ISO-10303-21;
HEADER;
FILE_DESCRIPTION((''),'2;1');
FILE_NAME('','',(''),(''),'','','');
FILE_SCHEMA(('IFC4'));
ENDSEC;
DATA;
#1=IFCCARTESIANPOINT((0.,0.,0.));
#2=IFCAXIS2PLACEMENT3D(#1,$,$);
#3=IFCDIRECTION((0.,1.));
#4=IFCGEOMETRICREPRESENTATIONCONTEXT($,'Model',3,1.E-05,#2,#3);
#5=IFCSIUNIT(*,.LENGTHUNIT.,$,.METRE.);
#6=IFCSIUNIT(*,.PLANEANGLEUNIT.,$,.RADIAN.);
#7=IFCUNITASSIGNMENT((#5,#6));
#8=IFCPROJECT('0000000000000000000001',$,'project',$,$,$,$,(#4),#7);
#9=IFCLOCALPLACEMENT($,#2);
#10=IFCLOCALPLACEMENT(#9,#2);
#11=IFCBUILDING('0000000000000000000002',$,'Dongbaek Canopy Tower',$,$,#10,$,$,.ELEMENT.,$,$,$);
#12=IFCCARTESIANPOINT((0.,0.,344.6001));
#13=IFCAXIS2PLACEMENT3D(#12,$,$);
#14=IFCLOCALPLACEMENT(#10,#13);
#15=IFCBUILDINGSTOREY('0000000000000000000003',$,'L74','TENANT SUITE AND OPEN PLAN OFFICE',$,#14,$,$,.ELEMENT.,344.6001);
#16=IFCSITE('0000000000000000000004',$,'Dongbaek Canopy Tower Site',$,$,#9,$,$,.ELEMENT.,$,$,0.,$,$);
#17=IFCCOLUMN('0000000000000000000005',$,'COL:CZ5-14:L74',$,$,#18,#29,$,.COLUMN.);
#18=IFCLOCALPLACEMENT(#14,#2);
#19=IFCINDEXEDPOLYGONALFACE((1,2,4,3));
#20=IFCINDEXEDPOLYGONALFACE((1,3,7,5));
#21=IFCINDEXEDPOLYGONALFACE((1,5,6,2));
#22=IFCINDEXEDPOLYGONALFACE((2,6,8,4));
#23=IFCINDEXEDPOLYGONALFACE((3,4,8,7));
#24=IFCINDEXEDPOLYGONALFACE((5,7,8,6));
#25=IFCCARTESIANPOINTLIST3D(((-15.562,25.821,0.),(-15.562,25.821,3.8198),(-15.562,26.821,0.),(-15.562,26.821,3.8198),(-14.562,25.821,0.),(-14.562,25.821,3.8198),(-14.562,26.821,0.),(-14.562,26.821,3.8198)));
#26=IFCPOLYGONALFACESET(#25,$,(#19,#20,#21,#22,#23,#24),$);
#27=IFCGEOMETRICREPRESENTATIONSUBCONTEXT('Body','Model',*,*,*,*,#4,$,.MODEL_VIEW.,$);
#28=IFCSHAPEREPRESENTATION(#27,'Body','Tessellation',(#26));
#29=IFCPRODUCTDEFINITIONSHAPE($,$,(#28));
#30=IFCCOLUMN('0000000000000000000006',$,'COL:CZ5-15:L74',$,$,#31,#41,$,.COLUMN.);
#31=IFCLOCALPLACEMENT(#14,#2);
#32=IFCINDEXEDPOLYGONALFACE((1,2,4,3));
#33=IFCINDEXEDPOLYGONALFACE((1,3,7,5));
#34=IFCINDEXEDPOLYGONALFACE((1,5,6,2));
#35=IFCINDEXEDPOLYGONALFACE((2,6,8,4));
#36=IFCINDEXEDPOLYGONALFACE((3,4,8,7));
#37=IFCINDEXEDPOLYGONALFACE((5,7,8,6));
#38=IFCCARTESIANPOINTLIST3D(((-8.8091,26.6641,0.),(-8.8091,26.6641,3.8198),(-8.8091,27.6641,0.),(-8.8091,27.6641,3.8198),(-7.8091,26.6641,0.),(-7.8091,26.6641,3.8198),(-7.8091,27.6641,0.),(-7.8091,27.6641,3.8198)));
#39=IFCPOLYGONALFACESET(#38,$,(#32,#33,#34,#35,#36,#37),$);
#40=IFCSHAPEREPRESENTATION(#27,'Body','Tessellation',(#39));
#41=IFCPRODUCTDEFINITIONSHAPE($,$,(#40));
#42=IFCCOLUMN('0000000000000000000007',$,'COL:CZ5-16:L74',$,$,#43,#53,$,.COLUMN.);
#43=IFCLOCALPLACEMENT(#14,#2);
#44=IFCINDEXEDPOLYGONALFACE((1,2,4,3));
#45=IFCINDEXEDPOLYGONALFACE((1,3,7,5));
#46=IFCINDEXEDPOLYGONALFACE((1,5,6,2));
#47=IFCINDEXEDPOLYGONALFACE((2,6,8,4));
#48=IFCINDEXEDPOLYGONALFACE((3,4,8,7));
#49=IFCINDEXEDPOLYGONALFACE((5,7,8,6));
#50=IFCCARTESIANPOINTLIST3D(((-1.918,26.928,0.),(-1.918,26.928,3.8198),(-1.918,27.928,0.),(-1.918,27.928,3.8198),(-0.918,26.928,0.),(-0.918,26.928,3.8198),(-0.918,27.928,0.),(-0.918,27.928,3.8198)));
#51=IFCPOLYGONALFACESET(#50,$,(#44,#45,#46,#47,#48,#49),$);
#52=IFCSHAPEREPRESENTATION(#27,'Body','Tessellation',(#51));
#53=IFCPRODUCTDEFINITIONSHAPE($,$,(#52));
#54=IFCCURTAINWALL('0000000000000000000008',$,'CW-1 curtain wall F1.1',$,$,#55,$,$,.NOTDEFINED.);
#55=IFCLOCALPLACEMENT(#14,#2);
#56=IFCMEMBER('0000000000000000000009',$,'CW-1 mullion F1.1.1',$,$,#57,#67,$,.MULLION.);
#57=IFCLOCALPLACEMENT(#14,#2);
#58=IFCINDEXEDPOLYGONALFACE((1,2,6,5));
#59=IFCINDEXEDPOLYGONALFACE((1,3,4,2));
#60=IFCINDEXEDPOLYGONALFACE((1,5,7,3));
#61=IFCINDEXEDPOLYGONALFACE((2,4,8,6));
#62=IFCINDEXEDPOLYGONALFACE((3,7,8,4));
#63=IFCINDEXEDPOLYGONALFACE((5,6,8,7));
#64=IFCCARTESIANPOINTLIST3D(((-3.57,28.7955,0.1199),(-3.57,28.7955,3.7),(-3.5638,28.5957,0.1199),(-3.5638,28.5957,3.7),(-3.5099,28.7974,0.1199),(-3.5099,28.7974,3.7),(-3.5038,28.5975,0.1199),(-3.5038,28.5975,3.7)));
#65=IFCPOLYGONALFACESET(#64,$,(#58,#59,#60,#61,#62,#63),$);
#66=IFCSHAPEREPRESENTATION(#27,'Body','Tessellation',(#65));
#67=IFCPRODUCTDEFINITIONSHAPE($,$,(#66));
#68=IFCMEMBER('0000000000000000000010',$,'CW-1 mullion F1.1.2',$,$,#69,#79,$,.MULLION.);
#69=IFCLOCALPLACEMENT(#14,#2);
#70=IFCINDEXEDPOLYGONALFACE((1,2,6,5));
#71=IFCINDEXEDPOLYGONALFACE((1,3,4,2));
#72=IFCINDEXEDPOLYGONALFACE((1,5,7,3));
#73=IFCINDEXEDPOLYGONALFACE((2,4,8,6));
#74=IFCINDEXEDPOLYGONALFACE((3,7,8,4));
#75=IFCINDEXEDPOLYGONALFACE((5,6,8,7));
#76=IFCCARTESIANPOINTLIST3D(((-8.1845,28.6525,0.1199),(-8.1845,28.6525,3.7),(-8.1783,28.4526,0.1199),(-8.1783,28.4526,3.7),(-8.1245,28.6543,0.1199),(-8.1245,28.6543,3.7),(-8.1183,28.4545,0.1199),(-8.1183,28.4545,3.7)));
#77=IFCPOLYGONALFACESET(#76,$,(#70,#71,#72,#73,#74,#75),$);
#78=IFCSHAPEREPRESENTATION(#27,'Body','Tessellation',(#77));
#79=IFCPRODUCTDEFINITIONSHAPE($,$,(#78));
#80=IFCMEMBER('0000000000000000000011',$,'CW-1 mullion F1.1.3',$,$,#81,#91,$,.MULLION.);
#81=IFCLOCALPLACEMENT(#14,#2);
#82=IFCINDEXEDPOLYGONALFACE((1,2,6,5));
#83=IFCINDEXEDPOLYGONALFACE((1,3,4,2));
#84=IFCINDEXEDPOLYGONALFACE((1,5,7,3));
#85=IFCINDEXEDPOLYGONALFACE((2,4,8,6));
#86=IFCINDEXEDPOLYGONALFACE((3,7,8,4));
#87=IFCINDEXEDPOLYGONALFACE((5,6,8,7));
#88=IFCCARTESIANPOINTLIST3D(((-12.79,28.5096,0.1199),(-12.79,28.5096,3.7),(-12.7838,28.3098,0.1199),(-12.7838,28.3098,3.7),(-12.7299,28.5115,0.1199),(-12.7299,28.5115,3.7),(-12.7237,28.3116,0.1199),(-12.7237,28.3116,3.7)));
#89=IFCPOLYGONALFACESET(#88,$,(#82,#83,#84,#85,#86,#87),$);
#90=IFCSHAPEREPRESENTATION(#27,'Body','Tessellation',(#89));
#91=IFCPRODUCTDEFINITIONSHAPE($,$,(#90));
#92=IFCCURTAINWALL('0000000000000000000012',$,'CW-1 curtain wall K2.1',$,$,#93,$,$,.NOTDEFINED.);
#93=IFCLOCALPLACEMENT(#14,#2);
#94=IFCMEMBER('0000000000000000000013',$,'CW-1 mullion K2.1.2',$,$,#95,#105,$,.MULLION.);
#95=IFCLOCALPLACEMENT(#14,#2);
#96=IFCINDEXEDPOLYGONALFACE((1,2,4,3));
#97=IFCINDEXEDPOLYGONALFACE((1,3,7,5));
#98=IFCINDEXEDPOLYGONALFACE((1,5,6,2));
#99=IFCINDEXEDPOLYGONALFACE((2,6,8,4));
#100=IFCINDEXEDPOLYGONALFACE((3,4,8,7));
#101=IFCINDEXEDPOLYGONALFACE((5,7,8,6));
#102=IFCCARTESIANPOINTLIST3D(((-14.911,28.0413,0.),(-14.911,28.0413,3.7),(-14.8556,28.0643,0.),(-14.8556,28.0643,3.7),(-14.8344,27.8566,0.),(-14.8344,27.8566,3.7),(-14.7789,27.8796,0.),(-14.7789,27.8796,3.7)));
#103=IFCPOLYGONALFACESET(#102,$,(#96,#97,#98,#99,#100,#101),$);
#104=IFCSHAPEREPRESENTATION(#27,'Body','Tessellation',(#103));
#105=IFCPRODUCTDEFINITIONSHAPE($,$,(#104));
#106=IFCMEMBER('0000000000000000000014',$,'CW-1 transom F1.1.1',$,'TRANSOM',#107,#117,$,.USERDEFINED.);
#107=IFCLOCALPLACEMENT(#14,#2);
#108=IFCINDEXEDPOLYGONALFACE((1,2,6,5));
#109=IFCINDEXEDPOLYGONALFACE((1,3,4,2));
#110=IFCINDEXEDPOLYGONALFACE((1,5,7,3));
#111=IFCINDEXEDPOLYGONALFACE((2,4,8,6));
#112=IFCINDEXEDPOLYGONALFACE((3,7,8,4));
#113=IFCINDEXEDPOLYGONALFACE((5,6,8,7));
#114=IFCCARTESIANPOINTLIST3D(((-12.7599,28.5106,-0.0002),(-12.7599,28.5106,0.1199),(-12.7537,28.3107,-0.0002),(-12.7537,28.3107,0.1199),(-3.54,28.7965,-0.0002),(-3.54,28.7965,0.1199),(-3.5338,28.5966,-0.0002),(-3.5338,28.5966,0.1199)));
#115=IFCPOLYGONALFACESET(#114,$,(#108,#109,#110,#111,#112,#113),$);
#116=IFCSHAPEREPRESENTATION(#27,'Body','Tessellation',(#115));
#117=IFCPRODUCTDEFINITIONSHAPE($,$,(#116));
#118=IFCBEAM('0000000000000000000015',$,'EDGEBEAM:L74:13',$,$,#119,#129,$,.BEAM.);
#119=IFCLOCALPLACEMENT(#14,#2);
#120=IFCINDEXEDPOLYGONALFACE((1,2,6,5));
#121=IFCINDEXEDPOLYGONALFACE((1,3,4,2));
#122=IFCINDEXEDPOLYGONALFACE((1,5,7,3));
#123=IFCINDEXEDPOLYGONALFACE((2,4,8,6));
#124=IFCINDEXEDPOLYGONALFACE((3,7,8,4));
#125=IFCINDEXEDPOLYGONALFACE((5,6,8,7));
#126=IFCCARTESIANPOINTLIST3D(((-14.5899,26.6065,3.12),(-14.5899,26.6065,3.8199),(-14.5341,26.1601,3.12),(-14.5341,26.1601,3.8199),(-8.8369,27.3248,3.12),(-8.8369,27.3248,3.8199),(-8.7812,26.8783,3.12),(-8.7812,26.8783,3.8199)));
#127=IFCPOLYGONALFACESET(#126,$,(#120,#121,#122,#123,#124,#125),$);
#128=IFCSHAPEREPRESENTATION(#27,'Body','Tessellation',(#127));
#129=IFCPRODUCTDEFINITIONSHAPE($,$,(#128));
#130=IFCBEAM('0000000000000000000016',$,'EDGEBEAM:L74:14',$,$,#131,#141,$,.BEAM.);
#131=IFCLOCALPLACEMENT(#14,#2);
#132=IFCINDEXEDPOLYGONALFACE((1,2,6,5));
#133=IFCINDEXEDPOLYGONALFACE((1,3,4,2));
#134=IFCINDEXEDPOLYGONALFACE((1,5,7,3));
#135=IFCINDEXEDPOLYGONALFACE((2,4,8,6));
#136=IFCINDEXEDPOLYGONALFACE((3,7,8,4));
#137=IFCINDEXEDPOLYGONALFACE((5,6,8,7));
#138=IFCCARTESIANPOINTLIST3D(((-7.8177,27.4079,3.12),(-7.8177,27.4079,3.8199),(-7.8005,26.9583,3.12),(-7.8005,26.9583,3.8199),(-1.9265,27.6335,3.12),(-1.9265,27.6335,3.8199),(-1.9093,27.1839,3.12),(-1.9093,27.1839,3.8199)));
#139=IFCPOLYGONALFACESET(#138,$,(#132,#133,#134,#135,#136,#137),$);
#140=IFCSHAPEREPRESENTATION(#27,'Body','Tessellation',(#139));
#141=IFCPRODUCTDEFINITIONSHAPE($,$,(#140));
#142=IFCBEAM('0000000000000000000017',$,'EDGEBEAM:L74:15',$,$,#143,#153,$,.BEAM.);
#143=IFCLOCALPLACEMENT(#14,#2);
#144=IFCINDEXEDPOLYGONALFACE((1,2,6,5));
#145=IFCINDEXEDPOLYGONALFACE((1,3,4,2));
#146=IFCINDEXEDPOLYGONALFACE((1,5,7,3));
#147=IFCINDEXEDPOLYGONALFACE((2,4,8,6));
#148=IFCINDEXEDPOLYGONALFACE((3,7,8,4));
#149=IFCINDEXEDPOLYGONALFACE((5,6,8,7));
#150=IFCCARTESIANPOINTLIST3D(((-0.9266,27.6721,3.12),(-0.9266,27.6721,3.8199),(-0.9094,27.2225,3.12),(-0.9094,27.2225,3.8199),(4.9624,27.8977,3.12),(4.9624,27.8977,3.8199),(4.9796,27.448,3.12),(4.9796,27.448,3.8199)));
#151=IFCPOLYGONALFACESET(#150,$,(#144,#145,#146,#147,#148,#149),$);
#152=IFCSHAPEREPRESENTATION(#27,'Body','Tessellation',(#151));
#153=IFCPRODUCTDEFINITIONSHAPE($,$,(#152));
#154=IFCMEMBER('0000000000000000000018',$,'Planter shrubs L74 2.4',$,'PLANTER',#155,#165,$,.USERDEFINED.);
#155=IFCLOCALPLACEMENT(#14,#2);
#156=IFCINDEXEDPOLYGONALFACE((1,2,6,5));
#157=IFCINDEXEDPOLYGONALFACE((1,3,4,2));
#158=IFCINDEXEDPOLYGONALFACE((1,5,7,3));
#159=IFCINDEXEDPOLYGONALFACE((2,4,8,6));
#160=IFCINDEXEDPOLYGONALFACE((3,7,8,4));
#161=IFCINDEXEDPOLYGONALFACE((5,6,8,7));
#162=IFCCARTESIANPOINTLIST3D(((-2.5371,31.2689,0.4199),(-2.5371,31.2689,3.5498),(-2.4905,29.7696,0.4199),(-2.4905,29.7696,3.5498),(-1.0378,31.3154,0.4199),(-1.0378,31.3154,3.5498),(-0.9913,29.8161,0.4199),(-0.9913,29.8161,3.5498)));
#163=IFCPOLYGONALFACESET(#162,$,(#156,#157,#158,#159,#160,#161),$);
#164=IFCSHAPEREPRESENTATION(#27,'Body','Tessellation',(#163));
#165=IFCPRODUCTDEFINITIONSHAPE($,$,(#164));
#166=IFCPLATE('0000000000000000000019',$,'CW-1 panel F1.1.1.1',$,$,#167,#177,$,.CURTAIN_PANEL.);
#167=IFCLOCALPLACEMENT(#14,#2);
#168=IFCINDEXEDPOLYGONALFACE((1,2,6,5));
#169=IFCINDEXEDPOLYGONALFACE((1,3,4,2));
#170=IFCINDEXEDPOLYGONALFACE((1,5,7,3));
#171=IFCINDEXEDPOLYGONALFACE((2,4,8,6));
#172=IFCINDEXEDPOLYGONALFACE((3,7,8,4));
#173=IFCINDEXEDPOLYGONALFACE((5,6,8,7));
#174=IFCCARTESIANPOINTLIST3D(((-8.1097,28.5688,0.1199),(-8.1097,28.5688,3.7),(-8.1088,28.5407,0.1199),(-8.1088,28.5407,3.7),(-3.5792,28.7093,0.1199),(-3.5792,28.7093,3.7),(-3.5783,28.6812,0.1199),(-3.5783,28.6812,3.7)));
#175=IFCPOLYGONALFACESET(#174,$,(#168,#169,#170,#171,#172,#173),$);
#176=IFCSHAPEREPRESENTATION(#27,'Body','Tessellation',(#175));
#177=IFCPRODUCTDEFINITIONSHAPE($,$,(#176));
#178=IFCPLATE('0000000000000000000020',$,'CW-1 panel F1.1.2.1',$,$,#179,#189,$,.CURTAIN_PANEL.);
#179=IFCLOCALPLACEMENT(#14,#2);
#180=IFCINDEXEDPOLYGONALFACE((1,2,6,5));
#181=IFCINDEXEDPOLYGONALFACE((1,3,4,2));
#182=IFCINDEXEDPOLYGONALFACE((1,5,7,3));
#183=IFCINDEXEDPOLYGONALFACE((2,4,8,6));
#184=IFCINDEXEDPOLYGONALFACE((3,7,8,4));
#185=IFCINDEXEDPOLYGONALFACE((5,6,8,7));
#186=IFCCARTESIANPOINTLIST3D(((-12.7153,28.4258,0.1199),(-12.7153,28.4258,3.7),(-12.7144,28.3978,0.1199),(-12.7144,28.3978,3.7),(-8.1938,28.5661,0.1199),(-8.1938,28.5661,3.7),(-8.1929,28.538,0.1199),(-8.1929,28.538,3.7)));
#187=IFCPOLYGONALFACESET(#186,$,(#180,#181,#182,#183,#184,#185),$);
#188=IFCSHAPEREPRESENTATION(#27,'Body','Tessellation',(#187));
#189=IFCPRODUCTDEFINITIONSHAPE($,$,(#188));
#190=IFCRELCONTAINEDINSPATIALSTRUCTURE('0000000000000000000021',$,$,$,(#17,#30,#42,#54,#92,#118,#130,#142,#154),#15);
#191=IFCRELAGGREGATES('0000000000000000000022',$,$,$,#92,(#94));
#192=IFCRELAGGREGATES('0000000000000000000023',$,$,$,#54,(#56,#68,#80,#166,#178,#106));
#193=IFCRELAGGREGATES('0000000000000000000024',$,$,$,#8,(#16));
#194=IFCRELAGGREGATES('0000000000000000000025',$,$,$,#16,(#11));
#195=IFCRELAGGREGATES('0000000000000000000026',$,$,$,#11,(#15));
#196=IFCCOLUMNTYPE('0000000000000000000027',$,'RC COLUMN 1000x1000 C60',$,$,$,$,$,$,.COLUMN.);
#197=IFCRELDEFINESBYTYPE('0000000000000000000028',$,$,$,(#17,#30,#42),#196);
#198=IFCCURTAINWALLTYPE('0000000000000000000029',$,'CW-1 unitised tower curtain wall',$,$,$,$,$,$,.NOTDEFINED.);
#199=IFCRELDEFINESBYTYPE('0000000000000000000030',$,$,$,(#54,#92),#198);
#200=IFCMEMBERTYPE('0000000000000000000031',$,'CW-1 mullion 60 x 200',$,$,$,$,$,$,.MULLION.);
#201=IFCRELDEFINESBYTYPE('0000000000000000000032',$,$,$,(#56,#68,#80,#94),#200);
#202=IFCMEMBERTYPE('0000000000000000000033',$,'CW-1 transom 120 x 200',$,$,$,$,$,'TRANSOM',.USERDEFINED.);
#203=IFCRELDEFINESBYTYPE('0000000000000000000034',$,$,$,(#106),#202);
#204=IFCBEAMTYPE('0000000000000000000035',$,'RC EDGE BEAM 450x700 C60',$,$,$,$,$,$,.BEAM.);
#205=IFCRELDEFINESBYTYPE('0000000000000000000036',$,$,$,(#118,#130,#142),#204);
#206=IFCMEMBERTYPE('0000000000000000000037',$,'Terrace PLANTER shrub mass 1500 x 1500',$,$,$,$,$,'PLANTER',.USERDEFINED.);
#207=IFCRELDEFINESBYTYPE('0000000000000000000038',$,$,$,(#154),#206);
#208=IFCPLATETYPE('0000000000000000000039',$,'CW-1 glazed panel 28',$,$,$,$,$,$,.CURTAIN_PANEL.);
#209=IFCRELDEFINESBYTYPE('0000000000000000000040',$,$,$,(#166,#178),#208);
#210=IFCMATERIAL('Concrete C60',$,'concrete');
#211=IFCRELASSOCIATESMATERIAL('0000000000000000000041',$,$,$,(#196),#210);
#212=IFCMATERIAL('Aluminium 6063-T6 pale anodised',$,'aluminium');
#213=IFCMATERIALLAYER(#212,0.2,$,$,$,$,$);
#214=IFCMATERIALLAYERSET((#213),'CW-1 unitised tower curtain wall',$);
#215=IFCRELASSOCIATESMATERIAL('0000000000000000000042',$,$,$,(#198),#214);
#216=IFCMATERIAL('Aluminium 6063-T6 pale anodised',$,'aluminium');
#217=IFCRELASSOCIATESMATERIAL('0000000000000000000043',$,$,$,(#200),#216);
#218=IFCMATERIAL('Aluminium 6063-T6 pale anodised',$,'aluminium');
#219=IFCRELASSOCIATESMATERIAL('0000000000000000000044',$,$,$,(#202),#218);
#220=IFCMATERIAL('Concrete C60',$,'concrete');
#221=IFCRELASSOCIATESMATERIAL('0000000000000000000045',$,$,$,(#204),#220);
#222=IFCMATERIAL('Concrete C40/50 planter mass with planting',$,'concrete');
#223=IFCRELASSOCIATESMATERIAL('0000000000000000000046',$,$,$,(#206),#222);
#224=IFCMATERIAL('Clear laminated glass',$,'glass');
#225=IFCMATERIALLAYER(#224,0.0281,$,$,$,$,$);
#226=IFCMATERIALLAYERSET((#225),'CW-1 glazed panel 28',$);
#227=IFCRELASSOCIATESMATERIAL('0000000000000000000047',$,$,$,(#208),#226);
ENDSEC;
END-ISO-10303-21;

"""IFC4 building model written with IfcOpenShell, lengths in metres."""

from ifc_helpers import new_model, si_unit, direction, frame, origin, origin_2d, place, context, subcontext, project, spatial, rectangle, extrude, material, layer, layer_set, material_profile, profile_set, type_object, element, aggregate, save


model = new_model("IFC4")

# Units and contexts
model_context = context("Model", 3, precision=1e-05, world=origin(), true_north=direction((0.0, 1.0)))
body_context = subcontext(model_context, "Body", "Model", "MODEL_VIEW")
ifc_project = project(units=[si_unit("LENGTHUNIT", "METRE"), si_unit("PLANEANGLEUNIT", "RADIAN")], contexts=[model_context])

# Site, building, storey
site_placement = place(None, origin())
site = spatial("IfcSite", under=ifc_project, at=site_placement, Name="Dongbaek Canopy Tower Site", CompositionType="ELEMENT", RefElevation=0.0)
building_placement = place(site_placement, origin())
building = spatial("IfcBuilding", under=site, at=building_placement, Name="Dongbaek Canopy Tower", CompositionType="ELEMENT")
storey_placement = place(building_placement, frame((0.0, 0.0, 344.6001)))
storey = spatial("IfcBuildingStorey", under=building, at=storey_placement, Name="L74", Description="TENANT SUITE AND OPEN PLAN OFFICE", CompositionType="ELEMENT", Elevation=344.6001)

# Columns
ifc_material_1 = material(Name="Concrete C60", Category="concrete")
ifc_material_profile_1 = material_profile(ifc_material_1, rectangle(XDim=1.0, YDim=1.0, at=origin_2d()), Name="RC COLUMN 1000x1000 C60")
ifc_profile_set_1 = profile_set([ifc_material_profile_1], Name="Concrete C60")
column_type = type_object("IfcColumnType", Name="RC COLUMN 1000x1000 C60", PredefinedType="COLUMN", material=ifc_profile_set_1)
for number, where, z_axis, x_axis, name in (
    (1, (-15.062, 26.321, 0.0), (0.0, 0.0, 1.0), (1.0, 0.0, 0.0), "COL:CZ5-14:L74"),
    (2, (-8.3091, 27.1641, 0.0), (0.0, 0.0, 1.0), (1.0, 0.0, 0.0), "COL:CZ5-15:L74"),
    (3, (-1.418, 27.428, 0.0), (0.0, 0.0, 1.0), (1.0, 0.0, 0.0), "COL:CZ5-16:L74"),
):
    element("IfcColumn", number, at=place(storey_placement, frame(where, z_axis=z_axis, x_axis=x_axis)), inside=storey, type_object=column_type, Name=name, PredefinedType="COLUMN", context=body_context, shape_type="SweptSolid", body=[
        extrude(rectangle(XDim=1.0, YDim=1.0, at=origin_2d()), origin(), (0.0, 0.0, 1.0), 3.8198),
    ])

# Curtain wall, members
ifc_material_2 = material(Name="Aluminium 6063-T6 pale anodised", Category="aluminium")
ifc_layer_1 = layer(ifc_material_2, 0.2)
ifc_layer_set_1 = layer_set([ifc_layer_1], Name="CW-1 unitised tower curtain wall")
curtain_wall_type = type_object("IfcCurtainWallType", Name="CW-1 unitised tower curtain wall", PredefinedType="NOTDEFINED", material=ifc_layer_set_1)
curtain_wall_1_placement = place(storey_placement, origin())
curtain_wall_1 = element("IfcCurtainWall", 4, at=curtain_wall_1_placement, inside=storey, type_object=curtain_wall_type, Name="CW-1 curtain wall F1.1", PredefinedType="NOTDEFINED")
ifc_material_3 = material(Name="Aluminium 6063-T6 pale anodised", Category="aluminium")
ifc_material_profile_2 = material_profile(ifc_material_3, rectangle(XDim=0.2, YDim=0.0601, at=origin_2d()), Name="CW-1 mullion 60 x 200")
ifc_profile_set_2 = profile_set([ifc_material_profile_2], Name="Aluminium 6063-T6 pale anodised")
member_type_1 = type_object("IfcMemberType", Name="CW-1 mullion 60 x 200", PredefinedType="MULLION", material=ifc_profile_set_2)
member_1_placement = place(storey_placement, frame((-3.5369, 28.6965, 0.1199), z_axis=(0.0, 0.0, 1.0), x_axis=(-0.031003, 0.999519, 0.0)))
member_1 = element("IfcMember", 5, at=member_1_placement, type_object=member_type_1, Name="CW-1 mullion F1.1.1", PredefinedType="MULLION", context=body_context, shape_type="SweptSolid", body=[
    extrude(rectangle(XDim=0.2, YDim=0.0601, at=origin_2d()), origin(), (0.0, 0.0, 1.0), 3.5801),
])
member_2_placement = place(storey_placement, frame((-8.1514, 28.5535, 0.1199), z_axis=(0.0, 0.0, 1.0), x_axis=(-0.031003, 0.999519, 0.0)))
member_2 = element("IfcMember", 6, at=member_2_placement, type_object=member_type_1, Name="CW-1 mullion F1.1.2", PredefinedType="MULLION", context=body_context, shape_type="SweptSolid", body=[
    extrude(rectangle(XDim=0.2, YDim=0.0601, at=origin_2d()), origin(), (0.0, 0.0, 1.0), 3.5801),
])
member_3_placement = place(storey_placement, frame((-12.7568, 28.4106, 0.1199), z_axis=(0.0, 0.0, 1.0), x_axis=(-0.031003, 0.999519, 0.0)))
member_3 = element("IfcMember", 7, at=member_3_placement, type_object=member_type_1, Name="CW-1 mullion F1.1.3", PredefinedType="MULLION", context=body_context, shape_type="SweptSolid", body=[
    extrude(rectangle(XDim=0.2, YDim=0.0601, at=origin_2d()), origin(), (0.0, 0.0, 1.0), 3.5801),
])

# Curtain wall, member
curtain_wall_2_placement = place(storey_placement, origin())
curtain_wall_2 = element("IfcCurtainWall", 8, at=curtain_wall_2_placement, inside=storey, type_object=curtain_wall_type, Name="CW-1 curtain wall K2.1", PredefinedType="NOTDEFINED")
member_4_placement = place(storey_placement, frame((-14.845, 27.9604, 0.0), z_axis=(0.0, 0.0, 1.0), x_axis=(-0.383511, 0.923536, 0.0)))
member_4 = element("IfcMember", 9, at=member_4_placement, type_object=member_type_1, Name="CW-1 mullion K2.1.2", PredefinedType="MULLION", context=body_context, shape_type="SweptSolid", body=[
    extrude(rectangle(XDim=0.2, YDim=0.0601, at=origin_2d()), origin(), (0.0, 0.0, 1.0), 3.7),
])

# Member
ifc_material_4 = material(Name="Aluminium 6063-T6 pale anodised", Category="aluminium")
ifc_material_profile_3 = material_profile(ifc_material_4, rectangle(XDim=0.2, YDim=0.1201, at=origin_2d()), Name="CW-1 transom 120 x 200")
ifc_profile_set_3 = profile_set([ifc_material_profile_3], Name="Aluminium 6063-T6 pale anodised")
member_type_2 = type_object("IfcMemberType", Name="CW-1 transom 120 x 200", ElementType="TRANSOM", PredefinedType="USERDEFINED", material=ifc_profile_set_3)
member_5_placement = place(storey_placement, frame((-3.5369, 28.6965, 0.0598), z_axis=(-0.99952, -0.030993, 0.0), x_axis=(0.030993, -0.99952, 0.0)))
member_5 = element("IfcMember", 10, at=member_5_placement, type_object=member_type_2, Name="CW-1 transom F1.1.1", ObjectType="TRANSOM", PredefinedType="USERDEFINED", context=body_context, shape_type="SweptSolid", body=[
    extrude(rectangle(XDim=0.2, YDim=0.1201, at=origin_2d()), origin(), (0.0, 0.0, 1.0), 9.2244),
])

# Beams
ifc_material_5 = material(Name="Concrete C60", Category="concrete")
ifc_material_profile_4 = material_profile(ifc_material_5, rectangle(XDim=0.45, YDim=0.7, at=origin_2d()), Name="RC EDGE BEAM 450x700 C60")
ifc_profile_set_4 = profile_set([ifc_material_profile_4], Name="Concrete C60")
beam_type = type_object("IfcBeamType", Name="RC EDGE BEAM 450x700 C60", PredefinedType="BEAM", material=ifc_profile_set_4)
beam_1_placement = place(storey_placement, frame((-14.562, 26.3833, 3.47), z_axis=(0.992296, 0.12389, 0.0), x_axis=(-0.12389, 0.992296, 0.0)))
element("IfcBeam", 11, at=beam_1_placement, inside=storey, type_object=beam_type, Name="EDGEBEAM:L74:13", PredefinedType="BEAM", context=body_context, shape_type="SweptSolid", body=[
    extrude(rectangle(XDim=0.45, YDim=0.7, at=origin_2d()), origin(), (0.0, 0.0, 1.0), 5.7976),
])
beam_2_placement = place(storey_placement, frame((-7.8091, 27.1831, 3.47), z_axis=(0.999268, 0.038265, 0.0), x_axis=(-0.038265, 0.999268, 0.0)))
element("IfcBeam", 12, at=beam_2_placement, inside=storey, type_object=beam_type, Name="EDGEBEAM:L74:14", PredefinedType="BEAM", context=body_context, shape_type="SweptSolid", body=[
    extrude(rectangle(XDim=0.45, YDim=0.7, at=origin_2d()), origin(), (0.0, 0.0, 1.0), 5.8955),
])
beam_3_placement = place(storey_placement, frame((-0.918, 27.4473, 3.47), z_axis=(0.999267, 0.038279, 0.0), x_axis=(-0.038279, 0.999267, 0.0)))
element("IfcBeam", 13, at=beam_3_placement, inside=storey, type_object=beam_type, Name="EDGEBEAM:L74:15", PredefinedType="BEAM", context=body_context, shape_type="SweptSolid", body=[
    extrude(rectangle(XDim=0.45, YDim=0.7, at=origin_2d()), origin(), (0.0, 0.0, 1.0), 5.8933),
])

# Member
ifc_material_6 = material(Name="Concrete C40/50 planter mass with planting", Category="concrete")
ifc_material_profile_5 = material_profile(ifc_material_6, rectangle(XDim=1.5, YDim=1.5, at=origin_2d()), Name="Terrace PLANTER shrub mass 1500 x 1500")
ifc_profile_set_5 = profile_set([ifc_material_profile_5], Name="Concrete C40/50 planter mass with planting")
member_type_3 = type_object("IfcMemberType", Name="Terrace PLANTER shrub mass 1500 x 1500", ElementType="PLANTER", PredefinedType="USERDEFINED", material=ifc_profile_set_5)
member_6_placement = place(storey_placement, frame((-1.7642, 30.5425, 0.4199), z_axis=(0.0, 0.0, 1.0), x_axis=(-0.031003, 0.999519, 0.0)))
element("IfcMember", 14, at=member_6_placement, inside=storey, type_object=member_type_3, Name="Planter shrubs L74 2.4", ObjectType="PLANTER", PredefinedType="USERDEFINED", context=body_context, shape_type="SweptSolid", body=[
    extrude(rectangle(XDim=1.5, YDim=1.5, at=origin_2d()), origin(), (0.0, 0.0, 1.0), 3.1299),
])

# Plates
ifc_material_7 = material(Name="Clear laminated glass", Category="glass")
ifc_layer_2 = layer(ifc_material_7, 0.0281)
ifc_layer_set_2 = layer_set([ifc_layer_2], Name="CW-1 glazed panel 28")
plate_type = type_object("IfcPlateType", Name="CW-1 glazed panel 28", PredefinedType="CURTAIN_PANEL", material=ifc_layer_set_2)
plate_1_placement = place(storey_placement, frame((-5.844, 28.625, 0.1199), z_axis=(0.0, 0.0, 1.0), x_axis=(-0.999519, -0.031003, 0.0)))
plate_1 = element("IfcPlate", 15, at=plate_1_placement, type_object=plate_type, Name="CW-1 panel F1.1.1.1", PredefinedType="CURTAIN_PANEL", context=body_context, shape_type="SweptSolid", body=[
    extrude(rectangle(XDim=4.5327, YDim=0.0281, at=origin_2d()), origin(), (0.0, 0.0, 1.0), 3.5801),
])
plate_2_placement = place(storey_placement, frame((-10.4541, 28.4819, 0.1199), z_axis=(0.0, 0.0, 1.0), x_axis=(-0.999519, -0.031003, 0.0)))
plate_2 = element("IfcPlate", 16, at=plate_2_placement, type_object=plate_type, Name="CW-1 panel F1.1.2.1", PredefinedType="CURTAIN_PANEL", context=body_context, shape_type="SweptSolid", body=[
    extrude(rectangle(XDim=4.5237, YDim=0.0281, at=origin_2d()), origin(), (0.0, 0.0, 1.0), 3.5801),
])

aggregate(curtain_wall_2, [member_4])
aggregate(curtain_wall_1, [member_1, member_2, member_3, plate_1, plate_2, member_5])

save(model, "model.ifc")
